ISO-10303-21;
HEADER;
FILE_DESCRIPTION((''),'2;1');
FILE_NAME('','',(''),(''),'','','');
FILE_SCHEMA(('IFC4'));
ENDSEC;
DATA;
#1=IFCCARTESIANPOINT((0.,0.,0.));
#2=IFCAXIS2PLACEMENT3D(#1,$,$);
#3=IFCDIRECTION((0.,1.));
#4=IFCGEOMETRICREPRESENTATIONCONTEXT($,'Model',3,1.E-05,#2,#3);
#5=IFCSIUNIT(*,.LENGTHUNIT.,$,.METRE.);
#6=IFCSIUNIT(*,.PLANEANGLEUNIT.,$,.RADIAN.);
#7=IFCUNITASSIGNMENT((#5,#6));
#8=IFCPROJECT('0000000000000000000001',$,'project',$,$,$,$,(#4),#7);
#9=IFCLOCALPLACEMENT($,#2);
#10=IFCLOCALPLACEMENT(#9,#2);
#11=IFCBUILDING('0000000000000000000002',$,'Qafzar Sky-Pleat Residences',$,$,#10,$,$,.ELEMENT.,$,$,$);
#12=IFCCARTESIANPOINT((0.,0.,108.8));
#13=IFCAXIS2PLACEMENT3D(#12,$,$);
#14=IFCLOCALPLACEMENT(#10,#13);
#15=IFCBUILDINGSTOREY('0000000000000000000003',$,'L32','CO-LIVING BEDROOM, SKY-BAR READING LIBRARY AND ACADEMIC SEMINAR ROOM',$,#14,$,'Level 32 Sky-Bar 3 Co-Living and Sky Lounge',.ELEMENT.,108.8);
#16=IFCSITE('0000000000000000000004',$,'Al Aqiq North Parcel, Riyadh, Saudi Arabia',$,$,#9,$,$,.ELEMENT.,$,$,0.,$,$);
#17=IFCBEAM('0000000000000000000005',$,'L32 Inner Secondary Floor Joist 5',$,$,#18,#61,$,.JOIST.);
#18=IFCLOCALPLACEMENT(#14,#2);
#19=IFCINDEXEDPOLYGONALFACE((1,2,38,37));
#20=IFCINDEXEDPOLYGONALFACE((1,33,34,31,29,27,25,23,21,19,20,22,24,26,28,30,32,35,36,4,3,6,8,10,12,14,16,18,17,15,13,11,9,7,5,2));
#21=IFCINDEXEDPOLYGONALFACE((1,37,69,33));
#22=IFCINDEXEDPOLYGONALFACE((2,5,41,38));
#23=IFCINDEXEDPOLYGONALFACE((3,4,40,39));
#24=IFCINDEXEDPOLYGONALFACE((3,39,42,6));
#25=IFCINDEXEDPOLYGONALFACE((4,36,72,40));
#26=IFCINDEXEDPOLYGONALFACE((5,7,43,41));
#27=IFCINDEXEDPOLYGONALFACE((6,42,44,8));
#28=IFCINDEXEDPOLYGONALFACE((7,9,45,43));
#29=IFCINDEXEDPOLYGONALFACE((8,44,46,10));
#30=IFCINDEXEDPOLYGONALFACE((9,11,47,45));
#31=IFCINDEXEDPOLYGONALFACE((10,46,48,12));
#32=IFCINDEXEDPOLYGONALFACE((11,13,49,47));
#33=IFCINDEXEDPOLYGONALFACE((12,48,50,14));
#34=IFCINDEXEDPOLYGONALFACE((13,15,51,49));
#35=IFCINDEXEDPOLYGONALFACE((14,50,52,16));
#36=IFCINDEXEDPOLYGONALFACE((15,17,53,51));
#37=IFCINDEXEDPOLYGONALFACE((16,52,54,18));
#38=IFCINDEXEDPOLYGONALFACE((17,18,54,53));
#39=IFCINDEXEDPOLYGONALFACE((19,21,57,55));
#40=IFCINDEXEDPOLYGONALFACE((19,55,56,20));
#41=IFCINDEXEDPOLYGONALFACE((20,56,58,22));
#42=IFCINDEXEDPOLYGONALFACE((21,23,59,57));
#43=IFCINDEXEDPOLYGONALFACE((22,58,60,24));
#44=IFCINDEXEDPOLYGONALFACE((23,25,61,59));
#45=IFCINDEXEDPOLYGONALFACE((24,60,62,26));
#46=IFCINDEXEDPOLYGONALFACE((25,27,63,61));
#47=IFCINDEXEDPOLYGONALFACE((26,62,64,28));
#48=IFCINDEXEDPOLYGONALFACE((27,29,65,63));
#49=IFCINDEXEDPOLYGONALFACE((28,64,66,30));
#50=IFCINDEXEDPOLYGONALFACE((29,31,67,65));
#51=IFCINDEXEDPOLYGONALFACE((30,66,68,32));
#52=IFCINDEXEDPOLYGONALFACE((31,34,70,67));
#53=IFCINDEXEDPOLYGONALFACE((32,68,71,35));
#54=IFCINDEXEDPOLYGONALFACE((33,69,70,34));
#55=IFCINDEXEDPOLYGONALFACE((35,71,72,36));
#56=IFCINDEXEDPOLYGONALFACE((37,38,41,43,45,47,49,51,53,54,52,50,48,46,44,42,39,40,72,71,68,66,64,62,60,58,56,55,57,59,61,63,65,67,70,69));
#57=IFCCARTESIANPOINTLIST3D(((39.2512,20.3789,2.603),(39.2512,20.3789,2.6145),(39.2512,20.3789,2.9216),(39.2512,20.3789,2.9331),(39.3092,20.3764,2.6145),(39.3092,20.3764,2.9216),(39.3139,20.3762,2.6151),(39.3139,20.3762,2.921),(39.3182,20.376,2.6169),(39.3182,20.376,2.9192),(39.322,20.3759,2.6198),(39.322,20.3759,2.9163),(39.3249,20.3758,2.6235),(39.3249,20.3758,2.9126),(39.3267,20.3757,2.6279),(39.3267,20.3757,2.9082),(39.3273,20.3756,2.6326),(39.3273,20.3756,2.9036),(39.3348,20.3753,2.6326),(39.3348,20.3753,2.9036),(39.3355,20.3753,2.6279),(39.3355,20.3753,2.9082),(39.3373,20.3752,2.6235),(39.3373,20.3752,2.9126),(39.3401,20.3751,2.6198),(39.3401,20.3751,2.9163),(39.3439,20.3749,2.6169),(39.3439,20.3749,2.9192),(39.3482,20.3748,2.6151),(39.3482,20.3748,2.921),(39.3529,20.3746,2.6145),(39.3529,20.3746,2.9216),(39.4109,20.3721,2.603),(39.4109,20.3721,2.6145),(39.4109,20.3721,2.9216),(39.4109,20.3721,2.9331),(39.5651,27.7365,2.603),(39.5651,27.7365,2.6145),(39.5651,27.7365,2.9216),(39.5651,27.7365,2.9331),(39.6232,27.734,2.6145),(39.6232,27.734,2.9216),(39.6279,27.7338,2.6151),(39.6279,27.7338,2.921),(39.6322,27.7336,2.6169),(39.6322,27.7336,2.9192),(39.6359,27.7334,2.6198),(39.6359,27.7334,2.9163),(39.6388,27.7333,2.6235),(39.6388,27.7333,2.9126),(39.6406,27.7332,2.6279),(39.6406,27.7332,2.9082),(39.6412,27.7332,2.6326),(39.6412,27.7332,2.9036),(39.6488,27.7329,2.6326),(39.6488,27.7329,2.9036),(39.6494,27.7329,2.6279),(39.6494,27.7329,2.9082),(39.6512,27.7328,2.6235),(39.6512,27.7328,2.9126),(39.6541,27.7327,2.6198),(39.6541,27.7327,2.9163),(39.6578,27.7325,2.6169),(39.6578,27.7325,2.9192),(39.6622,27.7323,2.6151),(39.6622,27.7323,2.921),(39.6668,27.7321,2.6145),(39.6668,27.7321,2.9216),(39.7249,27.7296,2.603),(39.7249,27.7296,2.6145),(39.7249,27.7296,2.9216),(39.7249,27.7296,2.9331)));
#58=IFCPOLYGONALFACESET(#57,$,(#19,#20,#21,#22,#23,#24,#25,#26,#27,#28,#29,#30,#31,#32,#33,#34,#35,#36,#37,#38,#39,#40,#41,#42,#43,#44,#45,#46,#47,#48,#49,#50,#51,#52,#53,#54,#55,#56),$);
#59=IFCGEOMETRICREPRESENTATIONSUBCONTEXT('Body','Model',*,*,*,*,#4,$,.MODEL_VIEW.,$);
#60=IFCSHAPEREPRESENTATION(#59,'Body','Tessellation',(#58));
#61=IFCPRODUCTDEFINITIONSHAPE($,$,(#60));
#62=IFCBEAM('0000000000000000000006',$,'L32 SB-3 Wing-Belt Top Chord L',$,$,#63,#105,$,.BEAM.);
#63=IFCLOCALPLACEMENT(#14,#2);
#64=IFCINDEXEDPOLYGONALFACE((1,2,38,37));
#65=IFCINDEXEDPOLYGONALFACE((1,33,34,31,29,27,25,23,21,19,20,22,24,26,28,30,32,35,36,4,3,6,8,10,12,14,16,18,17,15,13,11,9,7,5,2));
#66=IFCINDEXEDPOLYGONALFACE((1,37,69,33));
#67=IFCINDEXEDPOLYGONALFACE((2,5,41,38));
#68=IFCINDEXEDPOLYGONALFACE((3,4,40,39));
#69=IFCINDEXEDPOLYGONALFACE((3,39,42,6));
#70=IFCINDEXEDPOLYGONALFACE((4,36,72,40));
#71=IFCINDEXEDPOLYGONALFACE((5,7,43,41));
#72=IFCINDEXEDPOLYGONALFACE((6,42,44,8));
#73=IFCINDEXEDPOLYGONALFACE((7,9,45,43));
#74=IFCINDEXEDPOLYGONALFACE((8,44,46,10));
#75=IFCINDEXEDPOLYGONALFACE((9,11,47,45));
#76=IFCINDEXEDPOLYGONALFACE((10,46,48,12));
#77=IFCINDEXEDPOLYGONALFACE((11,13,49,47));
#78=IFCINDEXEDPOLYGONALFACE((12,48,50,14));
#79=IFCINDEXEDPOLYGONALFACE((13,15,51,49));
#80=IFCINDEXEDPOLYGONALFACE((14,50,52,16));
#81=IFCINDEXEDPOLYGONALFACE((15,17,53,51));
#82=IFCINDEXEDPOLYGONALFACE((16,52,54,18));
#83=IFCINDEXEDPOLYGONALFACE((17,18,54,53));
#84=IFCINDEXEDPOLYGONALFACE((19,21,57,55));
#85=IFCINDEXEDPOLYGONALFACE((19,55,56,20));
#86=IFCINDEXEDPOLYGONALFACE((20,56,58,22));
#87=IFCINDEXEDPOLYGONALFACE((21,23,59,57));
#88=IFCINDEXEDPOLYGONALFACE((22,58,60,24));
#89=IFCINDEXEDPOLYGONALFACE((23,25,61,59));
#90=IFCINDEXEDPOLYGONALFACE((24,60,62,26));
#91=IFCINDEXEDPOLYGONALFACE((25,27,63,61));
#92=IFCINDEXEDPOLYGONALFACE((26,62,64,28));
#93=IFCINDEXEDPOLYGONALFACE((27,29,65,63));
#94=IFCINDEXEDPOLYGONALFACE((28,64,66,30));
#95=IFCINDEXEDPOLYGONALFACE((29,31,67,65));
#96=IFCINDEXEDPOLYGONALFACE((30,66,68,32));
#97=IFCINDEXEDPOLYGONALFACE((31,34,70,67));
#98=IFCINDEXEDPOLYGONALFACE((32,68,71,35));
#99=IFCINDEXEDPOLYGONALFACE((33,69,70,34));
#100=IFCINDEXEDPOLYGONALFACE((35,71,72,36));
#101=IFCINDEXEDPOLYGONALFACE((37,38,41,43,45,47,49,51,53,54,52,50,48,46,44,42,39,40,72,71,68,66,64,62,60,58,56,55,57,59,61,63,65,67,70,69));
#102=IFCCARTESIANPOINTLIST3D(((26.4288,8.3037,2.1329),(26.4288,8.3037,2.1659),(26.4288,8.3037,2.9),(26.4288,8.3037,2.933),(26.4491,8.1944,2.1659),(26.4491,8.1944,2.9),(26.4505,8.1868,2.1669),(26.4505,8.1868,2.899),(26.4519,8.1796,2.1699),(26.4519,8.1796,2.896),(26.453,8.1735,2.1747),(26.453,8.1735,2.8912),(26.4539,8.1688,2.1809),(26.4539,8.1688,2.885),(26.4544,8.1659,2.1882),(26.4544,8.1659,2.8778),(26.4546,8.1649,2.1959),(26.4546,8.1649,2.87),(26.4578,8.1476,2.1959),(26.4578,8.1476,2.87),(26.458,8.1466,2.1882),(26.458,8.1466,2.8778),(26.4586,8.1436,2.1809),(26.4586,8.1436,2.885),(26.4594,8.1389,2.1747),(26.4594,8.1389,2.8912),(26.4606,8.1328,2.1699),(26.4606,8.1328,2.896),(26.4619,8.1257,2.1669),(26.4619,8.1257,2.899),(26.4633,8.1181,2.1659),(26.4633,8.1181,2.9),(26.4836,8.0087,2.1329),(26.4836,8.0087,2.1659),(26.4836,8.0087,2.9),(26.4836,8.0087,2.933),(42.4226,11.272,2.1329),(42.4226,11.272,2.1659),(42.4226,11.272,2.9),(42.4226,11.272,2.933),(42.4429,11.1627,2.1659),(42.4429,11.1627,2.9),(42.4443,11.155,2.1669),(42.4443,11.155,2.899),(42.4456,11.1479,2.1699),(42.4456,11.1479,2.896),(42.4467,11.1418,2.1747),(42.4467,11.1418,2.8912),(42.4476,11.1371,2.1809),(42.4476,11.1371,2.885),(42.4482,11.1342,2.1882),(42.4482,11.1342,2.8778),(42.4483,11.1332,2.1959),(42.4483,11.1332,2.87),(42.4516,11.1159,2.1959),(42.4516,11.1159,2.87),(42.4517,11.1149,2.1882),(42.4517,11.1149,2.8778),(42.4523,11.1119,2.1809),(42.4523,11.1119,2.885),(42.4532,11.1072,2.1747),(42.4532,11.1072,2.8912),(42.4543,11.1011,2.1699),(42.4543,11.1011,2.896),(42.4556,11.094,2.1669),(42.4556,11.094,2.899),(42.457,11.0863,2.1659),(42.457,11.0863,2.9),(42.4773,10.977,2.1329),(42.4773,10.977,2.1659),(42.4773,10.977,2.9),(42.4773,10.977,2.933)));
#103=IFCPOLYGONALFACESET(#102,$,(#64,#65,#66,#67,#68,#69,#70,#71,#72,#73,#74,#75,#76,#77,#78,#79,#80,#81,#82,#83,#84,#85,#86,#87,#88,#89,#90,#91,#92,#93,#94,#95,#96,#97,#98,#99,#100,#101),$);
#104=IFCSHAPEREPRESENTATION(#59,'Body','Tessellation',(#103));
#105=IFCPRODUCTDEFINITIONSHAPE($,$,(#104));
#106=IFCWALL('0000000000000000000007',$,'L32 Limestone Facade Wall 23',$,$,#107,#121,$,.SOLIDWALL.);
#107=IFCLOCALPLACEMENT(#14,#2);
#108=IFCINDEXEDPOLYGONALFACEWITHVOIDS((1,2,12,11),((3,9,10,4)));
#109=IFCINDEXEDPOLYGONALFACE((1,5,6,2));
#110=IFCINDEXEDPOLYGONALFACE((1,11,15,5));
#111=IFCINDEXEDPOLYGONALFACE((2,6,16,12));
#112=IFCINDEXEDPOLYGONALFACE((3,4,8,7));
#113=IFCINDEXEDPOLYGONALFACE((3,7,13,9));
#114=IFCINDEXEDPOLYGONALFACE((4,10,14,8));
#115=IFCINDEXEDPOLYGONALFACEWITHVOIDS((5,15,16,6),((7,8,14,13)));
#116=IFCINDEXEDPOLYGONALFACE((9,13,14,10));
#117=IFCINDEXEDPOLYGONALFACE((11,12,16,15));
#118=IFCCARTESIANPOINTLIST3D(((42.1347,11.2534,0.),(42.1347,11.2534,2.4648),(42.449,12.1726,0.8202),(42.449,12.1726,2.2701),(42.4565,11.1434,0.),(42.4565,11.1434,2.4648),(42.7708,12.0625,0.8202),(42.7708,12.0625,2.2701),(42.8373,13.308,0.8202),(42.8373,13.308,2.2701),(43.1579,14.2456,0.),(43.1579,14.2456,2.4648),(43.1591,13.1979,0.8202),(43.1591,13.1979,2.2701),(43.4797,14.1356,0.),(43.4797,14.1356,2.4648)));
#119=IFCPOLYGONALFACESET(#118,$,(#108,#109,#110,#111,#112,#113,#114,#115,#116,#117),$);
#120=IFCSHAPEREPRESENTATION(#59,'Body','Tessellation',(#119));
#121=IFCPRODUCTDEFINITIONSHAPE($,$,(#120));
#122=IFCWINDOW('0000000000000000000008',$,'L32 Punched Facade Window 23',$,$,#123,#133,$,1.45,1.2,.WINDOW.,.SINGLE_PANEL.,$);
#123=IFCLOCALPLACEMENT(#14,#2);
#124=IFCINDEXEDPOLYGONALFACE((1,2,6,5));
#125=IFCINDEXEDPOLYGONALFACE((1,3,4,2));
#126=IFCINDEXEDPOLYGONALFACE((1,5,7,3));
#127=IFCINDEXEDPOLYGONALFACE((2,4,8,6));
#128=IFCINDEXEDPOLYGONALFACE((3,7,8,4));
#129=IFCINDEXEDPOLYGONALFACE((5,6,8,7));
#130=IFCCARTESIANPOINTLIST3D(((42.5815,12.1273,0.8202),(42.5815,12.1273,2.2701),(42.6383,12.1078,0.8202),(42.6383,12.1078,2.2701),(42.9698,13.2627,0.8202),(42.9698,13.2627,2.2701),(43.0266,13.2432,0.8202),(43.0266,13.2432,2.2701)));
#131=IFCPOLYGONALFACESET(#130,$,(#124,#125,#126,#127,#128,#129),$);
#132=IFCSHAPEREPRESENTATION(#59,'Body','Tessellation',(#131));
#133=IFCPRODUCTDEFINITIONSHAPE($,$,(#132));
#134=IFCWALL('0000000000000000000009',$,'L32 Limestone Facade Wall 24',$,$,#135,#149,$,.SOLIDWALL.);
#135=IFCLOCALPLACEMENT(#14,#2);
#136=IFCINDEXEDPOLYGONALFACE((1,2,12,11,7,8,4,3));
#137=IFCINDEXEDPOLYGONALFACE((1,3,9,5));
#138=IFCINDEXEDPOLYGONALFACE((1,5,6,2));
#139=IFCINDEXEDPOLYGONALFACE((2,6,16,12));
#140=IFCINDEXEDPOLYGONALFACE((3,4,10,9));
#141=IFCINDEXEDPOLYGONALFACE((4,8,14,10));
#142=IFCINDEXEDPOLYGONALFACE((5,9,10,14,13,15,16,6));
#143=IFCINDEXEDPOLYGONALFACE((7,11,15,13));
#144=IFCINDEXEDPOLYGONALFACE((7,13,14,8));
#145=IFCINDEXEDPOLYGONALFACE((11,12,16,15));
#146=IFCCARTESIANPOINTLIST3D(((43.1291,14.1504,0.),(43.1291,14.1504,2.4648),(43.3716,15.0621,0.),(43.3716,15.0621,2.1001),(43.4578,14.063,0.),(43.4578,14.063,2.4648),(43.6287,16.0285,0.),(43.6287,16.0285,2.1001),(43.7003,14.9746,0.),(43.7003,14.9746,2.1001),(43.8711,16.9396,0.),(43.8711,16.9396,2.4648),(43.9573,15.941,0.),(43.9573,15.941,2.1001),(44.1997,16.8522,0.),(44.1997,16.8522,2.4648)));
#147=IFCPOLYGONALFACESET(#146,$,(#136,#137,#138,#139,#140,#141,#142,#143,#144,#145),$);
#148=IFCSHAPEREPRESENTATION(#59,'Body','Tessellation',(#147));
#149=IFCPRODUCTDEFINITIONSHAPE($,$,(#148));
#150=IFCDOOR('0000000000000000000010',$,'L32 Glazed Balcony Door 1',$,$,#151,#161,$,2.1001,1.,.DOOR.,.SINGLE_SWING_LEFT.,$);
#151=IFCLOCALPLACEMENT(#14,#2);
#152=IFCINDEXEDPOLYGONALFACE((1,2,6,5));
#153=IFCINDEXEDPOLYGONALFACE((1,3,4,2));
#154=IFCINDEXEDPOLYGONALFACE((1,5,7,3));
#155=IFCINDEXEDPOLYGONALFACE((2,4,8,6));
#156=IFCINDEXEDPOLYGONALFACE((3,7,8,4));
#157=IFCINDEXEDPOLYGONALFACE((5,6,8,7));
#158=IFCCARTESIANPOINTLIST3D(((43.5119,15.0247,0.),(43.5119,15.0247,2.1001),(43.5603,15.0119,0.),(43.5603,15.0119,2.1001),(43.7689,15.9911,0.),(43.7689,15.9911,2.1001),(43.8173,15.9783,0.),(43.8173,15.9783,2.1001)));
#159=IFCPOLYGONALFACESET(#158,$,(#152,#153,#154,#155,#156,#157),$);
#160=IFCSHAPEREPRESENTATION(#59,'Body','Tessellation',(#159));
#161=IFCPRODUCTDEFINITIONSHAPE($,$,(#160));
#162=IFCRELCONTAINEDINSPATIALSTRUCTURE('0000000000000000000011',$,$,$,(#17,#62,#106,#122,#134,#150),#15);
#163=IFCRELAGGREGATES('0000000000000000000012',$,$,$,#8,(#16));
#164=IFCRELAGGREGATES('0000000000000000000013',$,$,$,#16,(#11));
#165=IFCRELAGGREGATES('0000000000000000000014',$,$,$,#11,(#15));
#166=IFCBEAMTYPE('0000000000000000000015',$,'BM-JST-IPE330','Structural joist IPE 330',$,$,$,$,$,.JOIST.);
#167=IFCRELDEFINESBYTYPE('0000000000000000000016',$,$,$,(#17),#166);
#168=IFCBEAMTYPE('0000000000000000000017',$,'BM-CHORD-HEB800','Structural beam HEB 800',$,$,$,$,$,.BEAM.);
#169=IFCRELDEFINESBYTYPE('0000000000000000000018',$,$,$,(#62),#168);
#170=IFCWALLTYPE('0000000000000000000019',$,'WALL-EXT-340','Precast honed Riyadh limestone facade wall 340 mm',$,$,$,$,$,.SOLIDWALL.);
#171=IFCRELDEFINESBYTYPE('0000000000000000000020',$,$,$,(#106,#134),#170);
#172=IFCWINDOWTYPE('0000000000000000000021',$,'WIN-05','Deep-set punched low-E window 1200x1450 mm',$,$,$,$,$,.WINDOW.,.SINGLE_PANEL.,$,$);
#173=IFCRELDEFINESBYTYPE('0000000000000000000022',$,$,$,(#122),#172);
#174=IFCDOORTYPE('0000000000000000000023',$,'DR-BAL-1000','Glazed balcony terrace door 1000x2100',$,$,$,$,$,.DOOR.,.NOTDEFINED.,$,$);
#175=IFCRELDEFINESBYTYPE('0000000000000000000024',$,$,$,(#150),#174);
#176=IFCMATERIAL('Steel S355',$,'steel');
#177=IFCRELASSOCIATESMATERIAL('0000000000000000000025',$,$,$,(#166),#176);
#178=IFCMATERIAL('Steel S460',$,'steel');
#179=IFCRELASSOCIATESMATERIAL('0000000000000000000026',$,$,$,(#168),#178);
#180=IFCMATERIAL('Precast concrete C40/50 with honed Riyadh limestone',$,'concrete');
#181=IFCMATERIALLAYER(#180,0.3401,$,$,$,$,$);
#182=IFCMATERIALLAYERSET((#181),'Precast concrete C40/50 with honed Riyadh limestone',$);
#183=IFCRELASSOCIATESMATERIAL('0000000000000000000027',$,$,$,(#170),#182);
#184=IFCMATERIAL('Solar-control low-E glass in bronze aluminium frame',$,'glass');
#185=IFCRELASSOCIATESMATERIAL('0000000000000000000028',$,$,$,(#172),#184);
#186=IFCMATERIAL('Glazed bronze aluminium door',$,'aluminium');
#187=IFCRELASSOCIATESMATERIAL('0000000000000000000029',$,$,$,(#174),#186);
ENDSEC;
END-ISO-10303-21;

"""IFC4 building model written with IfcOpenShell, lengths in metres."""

from ifc_helpers import new_model, si_unit, direction, frame, frame_2d, origin, origin_2d, place, context, subcontext, project, spatial, rectangle, i_section, extrude, source, transform, mapped, material, layer, layer_set, material_profile, profile_set, type_object, element, fill, save


model = new_model("IFC4")

# Units and contexts
model_context = context("Model", 3, precision=1e-05, world=origin(), true_north=direction((0.0, 1.0)))
body_context = subcontext(model_context, "Body", "Model", "MODEL_VIEW")
ifc_project = project(units=[si_unit("LENGTHUNIT", "METRE"), si_unit("PLANEANGLEUNIT", "RADIAN")], contexts=[model_context])

# Site, building, storey
site_placement = place(None, origin())
site = spatial("IfcSite", under=ifc_project, at=site_placement, Name="Al Aqiq North Parcel, Riyadh, Saudi Arabia", CompositionType="ELEMENT", RefElevation=0.0)
building_placement = place(site_placement, origin())
building = spatial("IfcBuilding", under=site, at=building_placement, Name="Qafzar Sky-Pleat Residences", CompositionType="ELEMENT")
storey_placement = place(building_placement, frame((0.0, 0.0, 108.8)))
storey = spatial("IfcBuildingStorey", under=building, at=storey_placement, Name="L32", Description="CO-LIVING BEDROOM, SKY-BAR READING LIBRARY AND ACADEMIC SEMINAR ROOM", LongName="Level 32 Sky-Bar 3 Co-Living and Sky Lounge", CompositionType="ELEMENT", Elevation=108.8)

# Beams
ifc_material_1 = material(Name="Steel S355", Category="steel")
ifc_material_profile_1 = material_profile(ifc_material_1, i_section(OverallWidth=0.1599, OverallDepth=0.3301, WebThickness=0.0076, FlangeThickness=0.0115, FilletRadius=0.0181, at=origin_2d()), Name="IPE 330")
ifc_profile_set_1 = profile_set([ifc_material_profile_1], Name="Steel S355")
beam_type_1 = type_object("IfcBeamType", Name="BM-JST-IPE330", Description="Structural joist IPE 330", PredefinedType="JOIST", material=ifc_profile_set_1)
shared_shape_1 = source(origin(), body_context, "Body", "SweptSolid", [
    extrude(i_section(OverallWidth=0.1599, OverallDepth=0.3301, WebThickness=0.0076, FlangeThickness=0.0115, FilletRadius=0.0181, at=origin_2d()), origin(), (0.0, 0.0, 1.0), 7.3643),
])
beam_1_placement = place(storey_placement, frame((39.3311, 20.3755, 2.7681), z_axis=(0.042633, 0.999091, 0.0), x_axis=(-0.999091, 0.042633, 0.0)))
element("IfcBeam", 1, at=beam_1_placement, inside=storey, type_object=beam_type_1, Name="L32 Inner Secondary Floor Joist 5", PredefinedType="JOIST", context=body_context, shape_type="MappedRepresentation", body=[
    mapped(shared_shape_1, transform((0.0, 0.0, 0.0), x_axis=(1.0, 0.0, 0.0), y_axis=(0.0, 1.0, 0.0), z_axis=(0.0, 0.0, 1.0), scale=1.0)),
])
ifc_material_2 = material(Name="Steel S460", Category="steel")
ifc_material_profile_2 = material_profile(ifc_material_2, i_section(OverallWidth=0.3, OverallDepth=0.8, WebThickness=0.0176, FlangeThickness=0.033, FilletRadius=0.03, at=origin_2d()), Name="HEB 800")
ifc_profile_set_2 = profile_set([ifc_material_profile_2], Name="Steel S460")
beam_type_2 = type_object("IfcBeamType", Name="BM-CHORD-HEB800", Description="Structural beam HEB 800", PredefinedType="BEAM", material=ifc_profile_set_2)
shared_shape_2 = source(origin(), body_context, "Body", "SweptSolid", [
    extrude(i_section(OverallWidth=0.3, OverallDepth=0.8, WebThickness=0.0176, FlangeThickness=0.033, FilletRadius=0.03, at=origin_2d()), origin(), (0.0, 0.0, 1.0), 16.2668),
])
beam_2_placement = place(storey_placement, frame((42.45, 11.1245, 2.533), z_axis=(-0.983211, -0.182474, 0.0), x_axis=(0.182474, -0.983211, 0.0)))
element("IfcBeam", 2, at=beam_2_placement, inside=storey, type_object=beam_type_2, Name="L32 SB-3 Wing-Belt Top Chord L", PredefinedType="BEAM", context=body_context, shape_type="MappedRepresentation", body=[
    mapped(shared_shape_2, transform((0.0, 0.0, 0.0), x_axis=(1.0, 0.0, 0.0), y_axis=(0.0, 1.0, 0.0), z_axis=(0.0, 0.0, 1.0), scale=1.0)),
])

# Wall, opening, window
ifc_material_3 = material(Name="Precast concrete C40/50 with honed Riyadh limestone", Category="concrete")
ifc_layer_1 = layer(ifc_material_3, 0.3401)
ifc_layer_set_1 = layer_set([ifc_layer_1], Name="Precast concrete C40/50 with honed Riyadh limestone")
wall_type = type_object("IfcWallType", Name="WALL-EXT-340", Description="Precast honed Riyadh limestone facade wall 340 mm", PredefinedType="SOLIDWALL", material=ifc_layer_set_1)
wall_1_placement = place(storey_placement, frame((42.2957, 11.1985, 0.0), z_axis=(0.0, 0.0, 1.0), x_axis=(0.32356, 0.946208, 0.0)))
wall_1 = element("IfcWall", 3, at=wall_1_placement, inside=storey, type_object=wall_type, Name="L32 Limestone Facade Wall 23", PredefinedType="SOLIDWALL", context=body_context, shape_type="SweptSolid", body=[
    extrude(rectangle(XDim=3.1624, YDim=0.3401, at=frame_2d((1.5811, 0.0))), origin(), (0.0, 0.0, 1.0), 2.4648),
])
opening_1_placement = place(wall_1_placement, frame((0.9712, 0.0, 0.8201)))
opening_1 = element("IfcOpeningElement", 4, at=opening_1_placement, cuts=wall_1, PredefinedType="OPENING", context=body_context, shape_type="SweptSolid", body=[
    extrude(rectangle(XDim=1.2, YDim=1.45, at=frame_2d((0.6001, 0.7251))), frame((0.0, 0.1802, 0.0), z_axis=(0.0, -1.0, 0.0), x_axis=(1.0, 0.0, 0.0)), (0.0, 0.0, 1.0), 0.3601),
])
ifc_material_4 = material(Name="Solar-control low-E glass in bronze aluminium frame", Category="glass")
window_type_1 = type_object("IfcWindowType", Name="WIN-05", Description="Deep-set punched low-E window 1200x1450 mm", PartitioningType="SINGLE_PANEL", PredefinedType="WINDOW", material=ifc_material_4)
shared_shape_3 = source(origin(), body_context, "Body", "SweptSolid", [
    extrude(rectangle(XDim=1.2, YDim=1.45, at=frame_2d((0.6001, 0.7251))), frame((0.0, 0.03, 0.0), z_axis=(0.0, -1.0, 0.0), x_axis=(1.0, 0.0, 0.0)), (0.0, 0.0, 1.0), 0.0601),
])
window_1_placement = place(opening_1_placement, origin())
window_1 = element("IfcWindow", 5, at=window_1_placement, inside=storey, type_object=window_type_1, Name="L32 Punched Facade Window 23", OverallHeight=1.45, OverallWidth=1.2, PartitioningType="SINGLE_PANEL", PredefinedType="WINDOW", context=body_context, shape_type="MappedRepresentation", body=[
    mapped(shared_shape_3, transform((0.0, 0.0, 0.0), x_axis=(1.0, 0.0, 0.0), y_axis=(0.0, 1.0, 0.0), z_axis=(0.0, 0.0, 1.0), scale=1.0)),
])
fill(opening_1, window_1)

# Wall, opening, door
wall_2_placement = place(storey_placement, frame((43.2935, 14.1067, 0.0), z_axis=(0.0, 0.0, 1.0), x_axis=(0.257057, 0.966396, 0.0)))
wall_2 = element("IfcWall", 6, at=wall_2_placement, inside=storey, type_object=wall_type, Name="L32 Limestone Facade Wall 24", PredefinedType="SOLIDWALL", context=body_context, shape_type="SweptSolid", body=[
    extrude(rectangle(XDim=2.8862, YDim=0.3401, at=frame_2d((1.4431, 0.0))), origin(), (0.0, 0.0, 1.0), 2.4648),
])
opening_2_placement = place(wall_2_placement, frame((0.9434, 0.0, 0.0)))
opening_2 = element("IfcOpeningElement", 7, at=opening_2_placement, cuts=wall_2, PredefinedType="OPENING", context=body_context, shape_type="SweptSolid", body=[
    extrude(rectangle(XDim=1.0, YDim=2.1001, at=frame_2d((0.5, 1.05))), frame((0.0, 0.1802, 0.0), z_axis=(0.0, -1.0, 0.0), x_axis=(1.0, 0.0, 0.0)), (0.0, 0.0, 1.0), 0.3601),
])
ifc_material_5 = material(Name="Glazed bronze aluminium door", Category="aluminium")
door_type = type_object("IfcDoorType", Name="DR-BAL-1000", Description="Glazed balcony terrace door 1000x2100", OperationType="NOTDEFINED", PredefinedType="DOOR", material=ifc_material_5)
shared_shape_4 = source(origin(), body_context, "Body", "SweptSolid", [
    extrude(rectangle(XDim=1.0, YDim=2.1001, at=frame_2d((0.5, 1.05))), frame((0.0, 0.0249, 0.0), z_axis=(0.0, -1.0, 0.0), x_axis=(1.0, 0.0, 0.0)), (0.0, 0.0, 1.0), 0.05),
])
door_placement = place(opening_2_placement, origin())
door = element("IfcDoor", 8, at=door_placement, inside=storey, type_object=door_type, Name="L32 Glazed Balcony Door 1", OperationType="SINGLE_SWING_LEFT", OverallHeight=2.1001, OverallWidth=1.0, PredefinedType="DOOR", context=body_context, shape_type="MappedRepresentation", body=[
    mapped(shared_shape_4, transform((0.0, 0.0, 0.0), x_axis=(1.0, 0.0, 0.0), y_axis=(0.0, 1.0, 0.0), z_axis=(0.0, 0.0, 1.0), scale=1.0)),
])
fill(opening_2, door)

save(model, "model.ifc")
